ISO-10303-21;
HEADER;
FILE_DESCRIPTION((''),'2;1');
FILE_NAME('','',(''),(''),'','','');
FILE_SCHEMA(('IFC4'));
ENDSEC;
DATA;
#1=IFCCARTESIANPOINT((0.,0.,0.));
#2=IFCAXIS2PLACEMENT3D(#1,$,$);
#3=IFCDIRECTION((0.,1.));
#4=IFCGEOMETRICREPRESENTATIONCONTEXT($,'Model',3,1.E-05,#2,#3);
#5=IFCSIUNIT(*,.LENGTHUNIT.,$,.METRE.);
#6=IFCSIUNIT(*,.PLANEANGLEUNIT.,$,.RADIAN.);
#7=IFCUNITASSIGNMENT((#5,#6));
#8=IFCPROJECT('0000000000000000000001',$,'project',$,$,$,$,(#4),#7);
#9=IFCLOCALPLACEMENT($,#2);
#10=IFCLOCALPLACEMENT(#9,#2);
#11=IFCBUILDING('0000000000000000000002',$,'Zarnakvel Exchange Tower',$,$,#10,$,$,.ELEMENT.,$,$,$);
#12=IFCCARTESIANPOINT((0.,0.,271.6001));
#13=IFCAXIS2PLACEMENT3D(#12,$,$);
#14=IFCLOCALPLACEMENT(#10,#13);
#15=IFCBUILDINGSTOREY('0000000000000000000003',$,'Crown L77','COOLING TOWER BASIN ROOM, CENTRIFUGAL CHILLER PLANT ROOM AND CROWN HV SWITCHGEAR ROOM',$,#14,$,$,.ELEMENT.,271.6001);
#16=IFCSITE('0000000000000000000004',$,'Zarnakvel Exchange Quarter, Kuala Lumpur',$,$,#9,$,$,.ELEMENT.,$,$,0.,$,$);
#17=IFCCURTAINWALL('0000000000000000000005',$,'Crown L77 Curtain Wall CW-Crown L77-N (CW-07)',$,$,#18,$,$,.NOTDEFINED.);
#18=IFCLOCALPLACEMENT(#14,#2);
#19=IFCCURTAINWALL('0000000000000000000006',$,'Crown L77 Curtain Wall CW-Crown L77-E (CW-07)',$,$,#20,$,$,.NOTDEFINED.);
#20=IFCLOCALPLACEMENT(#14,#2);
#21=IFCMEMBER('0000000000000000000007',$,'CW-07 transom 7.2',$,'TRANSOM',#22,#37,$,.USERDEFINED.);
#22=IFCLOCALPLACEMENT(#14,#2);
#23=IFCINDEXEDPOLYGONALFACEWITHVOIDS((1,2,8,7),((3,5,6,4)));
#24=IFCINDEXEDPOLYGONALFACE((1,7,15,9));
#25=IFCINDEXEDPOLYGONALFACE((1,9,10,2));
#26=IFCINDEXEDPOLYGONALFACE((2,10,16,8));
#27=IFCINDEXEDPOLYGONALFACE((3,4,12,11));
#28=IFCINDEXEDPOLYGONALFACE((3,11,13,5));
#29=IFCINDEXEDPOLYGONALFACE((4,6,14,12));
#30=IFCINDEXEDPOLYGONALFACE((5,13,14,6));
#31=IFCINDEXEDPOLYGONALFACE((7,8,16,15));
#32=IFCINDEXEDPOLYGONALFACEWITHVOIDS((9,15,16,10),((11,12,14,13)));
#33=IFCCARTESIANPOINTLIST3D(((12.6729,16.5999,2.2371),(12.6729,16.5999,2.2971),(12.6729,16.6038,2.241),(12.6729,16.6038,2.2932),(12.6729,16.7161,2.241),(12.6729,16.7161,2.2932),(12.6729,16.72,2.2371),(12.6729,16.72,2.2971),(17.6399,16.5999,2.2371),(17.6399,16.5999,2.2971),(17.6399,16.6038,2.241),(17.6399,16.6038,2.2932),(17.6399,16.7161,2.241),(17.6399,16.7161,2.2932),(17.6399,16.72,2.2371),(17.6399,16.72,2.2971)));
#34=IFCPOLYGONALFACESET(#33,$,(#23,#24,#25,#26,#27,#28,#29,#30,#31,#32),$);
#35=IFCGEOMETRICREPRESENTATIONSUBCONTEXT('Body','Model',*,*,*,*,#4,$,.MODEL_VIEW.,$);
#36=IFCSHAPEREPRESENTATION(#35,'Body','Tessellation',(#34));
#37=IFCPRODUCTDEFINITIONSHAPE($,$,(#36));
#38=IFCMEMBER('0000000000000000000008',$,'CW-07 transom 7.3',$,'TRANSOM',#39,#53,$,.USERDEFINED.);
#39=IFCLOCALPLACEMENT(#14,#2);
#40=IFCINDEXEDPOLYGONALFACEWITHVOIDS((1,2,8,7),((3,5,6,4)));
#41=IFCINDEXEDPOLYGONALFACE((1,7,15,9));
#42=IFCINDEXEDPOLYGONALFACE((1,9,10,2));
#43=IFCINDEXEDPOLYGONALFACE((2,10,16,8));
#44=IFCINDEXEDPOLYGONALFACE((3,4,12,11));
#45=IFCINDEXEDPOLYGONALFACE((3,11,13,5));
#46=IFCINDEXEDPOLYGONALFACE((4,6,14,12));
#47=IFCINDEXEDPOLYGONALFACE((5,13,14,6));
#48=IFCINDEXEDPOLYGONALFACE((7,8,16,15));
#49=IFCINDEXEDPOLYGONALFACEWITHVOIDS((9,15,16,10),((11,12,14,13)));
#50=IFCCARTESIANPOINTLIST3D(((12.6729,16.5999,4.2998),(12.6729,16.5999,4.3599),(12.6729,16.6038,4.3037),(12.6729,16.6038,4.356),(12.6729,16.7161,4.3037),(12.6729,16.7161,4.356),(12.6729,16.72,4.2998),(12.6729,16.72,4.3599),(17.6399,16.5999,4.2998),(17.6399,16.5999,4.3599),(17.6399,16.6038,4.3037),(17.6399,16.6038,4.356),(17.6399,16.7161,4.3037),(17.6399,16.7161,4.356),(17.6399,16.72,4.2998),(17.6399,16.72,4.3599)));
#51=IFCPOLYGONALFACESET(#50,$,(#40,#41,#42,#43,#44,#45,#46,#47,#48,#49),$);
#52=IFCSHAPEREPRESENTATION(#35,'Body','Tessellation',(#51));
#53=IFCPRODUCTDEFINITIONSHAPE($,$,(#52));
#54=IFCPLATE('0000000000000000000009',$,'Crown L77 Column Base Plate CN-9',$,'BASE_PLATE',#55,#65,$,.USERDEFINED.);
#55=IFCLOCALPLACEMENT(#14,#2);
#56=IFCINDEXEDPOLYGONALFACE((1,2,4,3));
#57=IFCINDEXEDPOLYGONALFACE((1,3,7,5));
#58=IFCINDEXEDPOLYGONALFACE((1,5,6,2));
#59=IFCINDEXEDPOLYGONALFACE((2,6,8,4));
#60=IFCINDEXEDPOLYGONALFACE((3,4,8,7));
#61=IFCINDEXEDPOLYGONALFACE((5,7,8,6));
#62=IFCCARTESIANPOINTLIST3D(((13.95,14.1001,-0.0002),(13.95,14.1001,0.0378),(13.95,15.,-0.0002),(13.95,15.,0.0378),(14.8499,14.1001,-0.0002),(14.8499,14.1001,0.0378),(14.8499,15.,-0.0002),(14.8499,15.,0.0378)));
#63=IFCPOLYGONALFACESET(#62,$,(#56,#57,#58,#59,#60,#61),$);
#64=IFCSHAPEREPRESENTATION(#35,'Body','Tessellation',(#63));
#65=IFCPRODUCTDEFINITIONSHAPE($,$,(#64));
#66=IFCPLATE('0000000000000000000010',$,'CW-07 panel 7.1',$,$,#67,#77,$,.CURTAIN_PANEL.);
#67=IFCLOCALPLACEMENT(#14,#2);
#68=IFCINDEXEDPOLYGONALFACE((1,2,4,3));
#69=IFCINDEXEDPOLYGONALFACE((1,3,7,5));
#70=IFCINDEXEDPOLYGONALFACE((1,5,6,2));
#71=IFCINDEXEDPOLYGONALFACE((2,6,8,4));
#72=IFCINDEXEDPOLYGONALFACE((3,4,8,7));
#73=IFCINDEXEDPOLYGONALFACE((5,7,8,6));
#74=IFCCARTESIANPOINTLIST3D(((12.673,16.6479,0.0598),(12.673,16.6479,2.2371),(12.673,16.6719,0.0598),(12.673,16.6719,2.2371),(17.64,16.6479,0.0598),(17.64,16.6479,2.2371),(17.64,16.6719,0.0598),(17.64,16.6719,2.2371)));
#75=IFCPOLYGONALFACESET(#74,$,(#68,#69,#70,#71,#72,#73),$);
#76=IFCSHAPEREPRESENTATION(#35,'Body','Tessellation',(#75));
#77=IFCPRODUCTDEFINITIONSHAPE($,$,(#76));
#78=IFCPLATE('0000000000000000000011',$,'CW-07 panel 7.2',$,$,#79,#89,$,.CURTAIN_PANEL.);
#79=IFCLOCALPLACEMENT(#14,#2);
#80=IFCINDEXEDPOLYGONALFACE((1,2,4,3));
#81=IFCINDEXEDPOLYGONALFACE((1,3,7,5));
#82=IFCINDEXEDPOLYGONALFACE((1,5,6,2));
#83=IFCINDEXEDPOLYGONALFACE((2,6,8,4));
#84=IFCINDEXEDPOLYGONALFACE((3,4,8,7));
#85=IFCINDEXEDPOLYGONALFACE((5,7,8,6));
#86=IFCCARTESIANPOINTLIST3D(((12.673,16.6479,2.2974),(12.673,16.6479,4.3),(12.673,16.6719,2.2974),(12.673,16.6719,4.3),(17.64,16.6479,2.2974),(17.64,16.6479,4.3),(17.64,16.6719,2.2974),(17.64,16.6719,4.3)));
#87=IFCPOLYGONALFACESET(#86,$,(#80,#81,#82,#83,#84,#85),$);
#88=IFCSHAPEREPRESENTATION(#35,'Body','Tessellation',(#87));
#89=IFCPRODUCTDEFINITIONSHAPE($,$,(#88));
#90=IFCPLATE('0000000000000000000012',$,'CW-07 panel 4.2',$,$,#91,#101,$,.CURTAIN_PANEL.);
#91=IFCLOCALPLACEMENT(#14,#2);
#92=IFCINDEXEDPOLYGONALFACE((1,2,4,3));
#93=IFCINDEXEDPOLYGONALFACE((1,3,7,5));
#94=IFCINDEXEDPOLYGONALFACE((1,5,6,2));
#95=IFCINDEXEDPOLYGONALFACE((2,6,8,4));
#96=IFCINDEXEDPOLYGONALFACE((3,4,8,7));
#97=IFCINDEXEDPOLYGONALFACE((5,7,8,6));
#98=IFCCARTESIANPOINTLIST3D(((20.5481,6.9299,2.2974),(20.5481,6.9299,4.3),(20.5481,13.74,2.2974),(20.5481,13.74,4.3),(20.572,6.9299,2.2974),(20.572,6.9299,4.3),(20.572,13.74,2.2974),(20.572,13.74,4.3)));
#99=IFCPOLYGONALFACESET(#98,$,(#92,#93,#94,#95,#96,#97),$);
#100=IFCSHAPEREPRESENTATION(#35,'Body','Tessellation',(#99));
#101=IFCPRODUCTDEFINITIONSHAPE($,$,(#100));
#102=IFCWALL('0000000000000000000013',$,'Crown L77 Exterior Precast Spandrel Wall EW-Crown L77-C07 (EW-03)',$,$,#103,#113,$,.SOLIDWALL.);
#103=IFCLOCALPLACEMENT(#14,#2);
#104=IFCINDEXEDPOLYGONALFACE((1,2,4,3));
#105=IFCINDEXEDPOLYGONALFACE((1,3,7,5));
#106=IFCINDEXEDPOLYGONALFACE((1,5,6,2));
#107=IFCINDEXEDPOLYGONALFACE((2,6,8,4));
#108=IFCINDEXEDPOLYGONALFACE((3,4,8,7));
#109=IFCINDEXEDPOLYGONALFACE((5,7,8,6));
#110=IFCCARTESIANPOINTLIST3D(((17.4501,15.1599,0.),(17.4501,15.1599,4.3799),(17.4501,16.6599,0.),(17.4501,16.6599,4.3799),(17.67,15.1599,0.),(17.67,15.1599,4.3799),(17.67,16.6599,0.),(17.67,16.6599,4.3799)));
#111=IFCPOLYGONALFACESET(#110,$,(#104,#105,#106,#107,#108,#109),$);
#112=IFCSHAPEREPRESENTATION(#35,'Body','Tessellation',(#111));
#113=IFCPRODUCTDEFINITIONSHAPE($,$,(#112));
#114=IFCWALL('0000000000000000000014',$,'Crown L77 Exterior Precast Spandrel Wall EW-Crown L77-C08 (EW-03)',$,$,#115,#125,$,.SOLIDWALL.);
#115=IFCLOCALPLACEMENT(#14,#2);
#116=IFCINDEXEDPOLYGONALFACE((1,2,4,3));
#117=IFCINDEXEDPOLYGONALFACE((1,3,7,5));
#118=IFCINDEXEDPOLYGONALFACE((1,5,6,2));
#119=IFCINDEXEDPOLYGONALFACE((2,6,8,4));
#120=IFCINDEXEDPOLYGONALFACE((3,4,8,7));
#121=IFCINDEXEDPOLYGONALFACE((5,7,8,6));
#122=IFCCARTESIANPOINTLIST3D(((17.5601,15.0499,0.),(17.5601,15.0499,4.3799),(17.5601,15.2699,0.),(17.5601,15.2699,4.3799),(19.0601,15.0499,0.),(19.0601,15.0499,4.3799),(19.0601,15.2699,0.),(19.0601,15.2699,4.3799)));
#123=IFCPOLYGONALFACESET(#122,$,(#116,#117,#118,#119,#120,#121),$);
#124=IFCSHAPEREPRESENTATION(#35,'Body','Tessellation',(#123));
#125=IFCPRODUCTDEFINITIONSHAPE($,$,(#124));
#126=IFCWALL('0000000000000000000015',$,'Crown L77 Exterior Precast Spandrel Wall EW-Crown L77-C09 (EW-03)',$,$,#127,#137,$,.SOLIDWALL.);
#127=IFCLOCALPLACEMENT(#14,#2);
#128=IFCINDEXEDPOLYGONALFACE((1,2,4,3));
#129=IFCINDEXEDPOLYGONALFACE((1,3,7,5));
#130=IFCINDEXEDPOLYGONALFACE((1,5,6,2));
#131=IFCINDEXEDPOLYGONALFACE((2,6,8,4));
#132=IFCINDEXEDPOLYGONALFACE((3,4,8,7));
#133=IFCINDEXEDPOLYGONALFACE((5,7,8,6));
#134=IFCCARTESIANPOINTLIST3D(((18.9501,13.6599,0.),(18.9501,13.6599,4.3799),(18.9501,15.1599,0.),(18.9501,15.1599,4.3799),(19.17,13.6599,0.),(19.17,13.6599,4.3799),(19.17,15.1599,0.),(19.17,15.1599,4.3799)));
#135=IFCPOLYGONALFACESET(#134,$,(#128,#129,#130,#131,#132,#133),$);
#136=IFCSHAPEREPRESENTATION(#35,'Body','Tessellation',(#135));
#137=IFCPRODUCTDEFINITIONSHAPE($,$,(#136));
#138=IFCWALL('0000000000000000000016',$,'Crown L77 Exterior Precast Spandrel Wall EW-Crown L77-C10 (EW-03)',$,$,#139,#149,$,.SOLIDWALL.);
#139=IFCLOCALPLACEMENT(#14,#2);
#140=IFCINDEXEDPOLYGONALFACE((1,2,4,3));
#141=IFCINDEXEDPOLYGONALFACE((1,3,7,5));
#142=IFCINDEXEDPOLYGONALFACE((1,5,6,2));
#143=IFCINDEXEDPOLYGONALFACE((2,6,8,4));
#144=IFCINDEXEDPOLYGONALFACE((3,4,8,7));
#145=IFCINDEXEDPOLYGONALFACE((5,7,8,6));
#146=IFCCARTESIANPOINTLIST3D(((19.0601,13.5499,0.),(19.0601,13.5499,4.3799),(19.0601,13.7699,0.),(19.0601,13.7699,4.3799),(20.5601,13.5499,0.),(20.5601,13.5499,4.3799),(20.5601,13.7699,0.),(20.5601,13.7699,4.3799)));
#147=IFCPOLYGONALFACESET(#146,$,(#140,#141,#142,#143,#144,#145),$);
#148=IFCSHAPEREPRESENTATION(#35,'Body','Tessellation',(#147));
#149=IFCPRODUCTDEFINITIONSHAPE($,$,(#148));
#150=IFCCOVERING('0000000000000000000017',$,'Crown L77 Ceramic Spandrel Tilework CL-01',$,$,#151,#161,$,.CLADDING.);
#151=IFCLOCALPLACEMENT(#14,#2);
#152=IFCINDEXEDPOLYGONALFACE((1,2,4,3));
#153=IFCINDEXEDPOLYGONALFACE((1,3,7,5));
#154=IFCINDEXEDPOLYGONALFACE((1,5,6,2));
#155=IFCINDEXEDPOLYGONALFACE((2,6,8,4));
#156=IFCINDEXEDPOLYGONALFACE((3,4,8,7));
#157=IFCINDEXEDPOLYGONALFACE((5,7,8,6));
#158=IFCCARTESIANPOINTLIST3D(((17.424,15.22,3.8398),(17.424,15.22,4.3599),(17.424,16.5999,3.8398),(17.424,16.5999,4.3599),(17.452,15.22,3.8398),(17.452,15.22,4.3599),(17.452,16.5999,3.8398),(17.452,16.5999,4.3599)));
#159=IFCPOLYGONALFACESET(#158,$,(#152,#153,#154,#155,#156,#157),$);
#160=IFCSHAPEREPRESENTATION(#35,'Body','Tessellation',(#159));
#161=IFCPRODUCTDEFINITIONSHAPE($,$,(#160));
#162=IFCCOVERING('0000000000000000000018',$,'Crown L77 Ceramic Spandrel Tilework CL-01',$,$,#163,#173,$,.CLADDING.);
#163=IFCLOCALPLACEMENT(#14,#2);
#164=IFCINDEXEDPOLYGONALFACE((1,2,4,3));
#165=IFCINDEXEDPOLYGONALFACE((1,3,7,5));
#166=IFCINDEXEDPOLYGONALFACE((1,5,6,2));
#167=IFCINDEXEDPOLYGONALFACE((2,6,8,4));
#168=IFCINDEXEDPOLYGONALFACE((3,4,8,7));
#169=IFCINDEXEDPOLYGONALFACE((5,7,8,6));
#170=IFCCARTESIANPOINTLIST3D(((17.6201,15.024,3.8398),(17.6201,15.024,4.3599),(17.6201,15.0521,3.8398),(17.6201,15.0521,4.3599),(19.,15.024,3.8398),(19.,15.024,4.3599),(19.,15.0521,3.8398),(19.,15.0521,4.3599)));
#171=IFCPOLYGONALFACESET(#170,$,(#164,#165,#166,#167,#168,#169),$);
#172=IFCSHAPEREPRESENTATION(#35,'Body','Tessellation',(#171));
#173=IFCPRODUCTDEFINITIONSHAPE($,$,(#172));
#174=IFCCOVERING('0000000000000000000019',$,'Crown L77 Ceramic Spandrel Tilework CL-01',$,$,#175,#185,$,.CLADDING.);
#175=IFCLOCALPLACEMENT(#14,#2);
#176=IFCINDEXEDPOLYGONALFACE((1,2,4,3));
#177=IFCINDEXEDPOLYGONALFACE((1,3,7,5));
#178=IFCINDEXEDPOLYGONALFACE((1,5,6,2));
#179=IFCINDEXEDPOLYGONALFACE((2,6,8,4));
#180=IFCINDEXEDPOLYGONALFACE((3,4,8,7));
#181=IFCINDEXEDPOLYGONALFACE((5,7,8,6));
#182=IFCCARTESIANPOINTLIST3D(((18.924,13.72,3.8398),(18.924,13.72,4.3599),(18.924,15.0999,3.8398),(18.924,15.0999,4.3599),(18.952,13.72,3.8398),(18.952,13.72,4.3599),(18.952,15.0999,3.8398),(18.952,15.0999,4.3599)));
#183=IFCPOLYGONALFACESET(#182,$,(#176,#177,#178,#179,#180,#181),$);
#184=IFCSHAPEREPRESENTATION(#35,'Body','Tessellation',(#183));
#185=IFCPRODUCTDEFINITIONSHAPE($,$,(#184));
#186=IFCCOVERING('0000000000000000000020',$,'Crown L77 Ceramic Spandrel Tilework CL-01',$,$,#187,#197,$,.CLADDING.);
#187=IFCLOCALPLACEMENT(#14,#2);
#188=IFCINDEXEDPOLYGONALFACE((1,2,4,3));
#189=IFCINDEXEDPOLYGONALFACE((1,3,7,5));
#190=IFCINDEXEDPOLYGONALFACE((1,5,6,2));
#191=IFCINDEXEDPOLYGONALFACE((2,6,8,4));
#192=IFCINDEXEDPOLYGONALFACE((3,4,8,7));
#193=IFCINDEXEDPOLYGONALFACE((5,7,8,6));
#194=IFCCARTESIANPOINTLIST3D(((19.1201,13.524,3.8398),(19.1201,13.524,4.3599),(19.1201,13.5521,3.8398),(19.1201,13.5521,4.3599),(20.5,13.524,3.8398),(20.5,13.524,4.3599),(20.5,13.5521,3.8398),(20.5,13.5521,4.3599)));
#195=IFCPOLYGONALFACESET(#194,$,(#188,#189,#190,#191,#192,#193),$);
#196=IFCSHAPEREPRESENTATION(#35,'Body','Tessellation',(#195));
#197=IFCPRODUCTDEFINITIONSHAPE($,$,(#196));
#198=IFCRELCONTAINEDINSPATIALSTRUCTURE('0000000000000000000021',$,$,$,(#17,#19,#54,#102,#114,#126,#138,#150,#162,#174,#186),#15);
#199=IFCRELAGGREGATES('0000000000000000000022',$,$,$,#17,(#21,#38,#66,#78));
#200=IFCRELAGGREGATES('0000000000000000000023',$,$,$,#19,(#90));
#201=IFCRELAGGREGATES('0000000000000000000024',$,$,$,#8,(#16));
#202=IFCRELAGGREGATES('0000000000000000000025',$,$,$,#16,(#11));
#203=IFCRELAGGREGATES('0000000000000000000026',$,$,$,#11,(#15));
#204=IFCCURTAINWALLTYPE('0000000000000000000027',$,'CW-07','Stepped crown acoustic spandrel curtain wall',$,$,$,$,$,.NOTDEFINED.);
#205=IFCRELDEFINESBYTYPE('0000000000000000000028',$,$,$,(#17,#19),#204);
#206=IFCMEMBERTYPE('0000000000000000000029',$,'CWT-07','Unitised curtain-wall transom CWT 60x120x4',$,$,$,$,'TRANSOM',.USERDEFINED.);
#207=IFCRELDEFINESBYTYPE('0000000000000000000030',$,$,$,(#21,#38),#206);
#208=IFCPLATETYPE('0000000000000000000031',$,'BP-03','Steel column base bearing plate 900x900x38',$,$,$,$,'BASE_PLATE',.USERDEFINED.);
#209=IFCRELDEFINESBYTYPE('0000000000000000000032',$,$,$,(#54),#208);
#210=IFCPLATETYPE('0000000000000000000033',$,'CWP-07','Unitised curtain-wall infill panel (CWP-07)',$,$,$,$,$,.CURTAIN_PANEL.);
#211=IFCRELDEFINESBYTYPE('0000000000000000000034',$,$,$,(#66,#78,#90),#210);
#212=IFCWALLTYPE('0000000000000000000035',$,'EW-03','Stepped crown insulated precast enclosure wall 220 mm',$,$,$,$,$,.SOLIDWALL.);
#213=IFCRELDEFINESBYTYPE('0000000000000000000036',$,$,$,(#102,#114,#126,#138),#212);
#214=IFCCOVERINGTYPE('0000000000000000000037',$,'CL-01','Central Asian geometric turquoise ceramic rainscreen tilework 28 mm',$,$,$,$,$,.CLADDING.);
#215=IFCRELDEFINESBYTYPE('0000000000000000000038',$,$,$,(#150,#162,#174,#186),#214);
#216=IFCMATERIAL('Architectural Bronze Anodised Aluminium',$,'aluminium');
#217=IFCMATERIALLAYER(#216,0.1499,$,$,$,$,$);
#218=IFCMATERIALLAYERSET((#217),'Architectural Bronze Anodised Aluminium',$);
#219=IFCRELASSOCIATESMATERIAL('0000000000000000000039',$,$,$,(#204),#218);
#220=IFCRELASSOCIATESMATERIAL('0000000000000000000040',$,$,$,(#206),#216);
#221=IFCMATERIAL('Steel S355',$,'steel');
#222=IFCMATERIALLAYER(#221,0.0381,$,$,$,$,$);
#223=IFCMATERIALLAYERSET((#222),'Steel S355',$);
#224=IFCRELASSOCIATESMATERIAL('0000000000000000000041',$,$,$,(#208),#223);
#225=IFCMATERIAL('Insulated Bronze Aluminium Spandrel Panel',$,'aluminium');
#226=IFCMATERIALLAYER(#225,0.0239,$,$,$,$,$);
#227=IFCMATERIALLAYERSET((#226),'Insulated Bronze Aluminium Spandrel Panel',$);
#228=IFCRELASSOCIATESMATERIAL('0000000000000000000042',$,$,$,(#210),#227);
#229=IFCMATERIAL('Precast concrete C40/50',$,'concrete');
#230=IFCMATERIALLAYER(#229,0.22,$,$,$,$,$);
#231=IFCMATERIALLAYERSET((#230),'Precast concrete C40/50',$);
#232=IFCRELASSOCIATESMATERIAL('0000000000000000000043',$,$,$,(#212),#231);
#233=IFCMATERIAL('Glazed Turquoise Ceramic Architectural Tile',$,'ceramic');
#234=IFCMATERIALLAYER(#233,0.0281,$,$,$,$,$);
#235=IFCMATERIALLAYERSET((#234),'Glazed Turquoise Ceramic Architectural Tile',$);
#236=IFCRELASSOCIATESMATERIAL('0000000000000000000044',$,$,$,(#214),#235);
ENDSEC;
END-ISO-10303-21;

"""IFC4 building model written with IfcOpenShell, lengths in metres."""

from ifc_helpers import new_model, si_unit, direction, frame, frame_2d, origin, origin_2d, place, context, subcontext, project, spatial, rectangle, hollow_rectangle, extrude, source, transform, mapped, material, layer, layer_set, material_profile, profile_set, type_object, element, aggregate, save


model = new_model("IFC4")

# Units and contexts
model_context = context("Model", 3, precision=1e-05, world=origin(), true_north=direction((0.0, 1.0)))
body_context = subcontext(model_context, "Body", "Model", "MODEL_VIEW")
ifc_project = project(units=[si_unit("LENGTHUNIT", "METRE"), si_unit("PLANEANGLEUNIT", "RADIAN")], contexts=[model_context])

# Site, building, storey
site_placement = place(None, origin())
site = spatial("IfcSite", under=ifc_project, at=site_placement, Name="Zarnakvel Exchange Quarter, Kuala Lumpur", CompositionType="ELEMENT", RefElevation=0.0)
building_placement = place(site_placement, origin())
building = spatial("IfcBuilding", under=site, at=building_placement, Name="Zarnakvel Exchange Tower", CompositionType="ELEMENT")
storey_placement = place(building_placement, frame((0.0, 0.0, 271.6001)))
storey = spatial("IfcBuildingStorey", under=building, at=storey_placement, Name="Crown L77", Description="COOLING TOWER BASIN ROOM, CENTRIFUGAL CHILLER PLANT ROOM AND CROWN HV SWITCHGEAR ROOM", CompositionType="ELEMENT", Elevation=271.6001)

# Shared definitions
ifc_material_1 = material(Name="Steel S355", Category="steel")

# Curtain wall
ifc_material_2 = material(Name="Architectural Bronze Anodised Aluminium", Category="aluminium")
ifc_layer_1 = layer(ifc_material_2, 0.1499)
ifc_layer_set_1 = layer_set([ifc_layer_1], Name="Architectural Bronze Anodised Aluminium")
curtain_wall_type = type_object("IfcCurtainWallType", Name="CW-07", Description="Stepped crown acoustic spandrel curtain wall", PredefinedType="NOTDEFINED", material=ifc_layer_set_1)
curtain_wall_1_placement = place(storey_placement, origin())
curtain_wall_1 = element("IfcCurtainWall", 1, at=curtain_wall_1_placement, inside=storey, type_object=curtain_wall_type, Name="Crown L77 Curtain Wall CW-Crown L77-N (CW-07)", PredefinedType="NOTDEFINED")

# Curtain wall
curtain_wall_2_placement = place(storey_placement, origin())
curtain_wall_2 = element("IfcCurtainWall", 2, at=curtain_wall_2_placement, inside=storey, type_object=curtain_wall_type, Name="Crown L77 Curtain Wall CW-Crown L77-E (CW-07)", PredefinedType="NOTDEFINED")

# Members
ifc_material_profile_1 = material_profile(ifc_material_2, hollow_rectangle(XDim=0.1201, YDim=0.0601, WallThickness=0.0039, at=origin_2d()))
ifc_profile_set_1 = profile_set([ifc_material_profile_1], Name="Architectural Bronze Anodised Aluminium")
member_type_1 = type_object("IfcMemberType", Name="CWT-07", Description="Unitised curtain-wall transom CWT 60x120x4", ElementType="TRANSOM", PredefinedType="USERDEFINED", material=ifc_profile_set_1)
shared_shape_1 = source(origin(), body_context, "Body", "SweptSolid", [
    extrude(hollow_rectangle(XDim=0.1201, YDim=0.0601, WallThickness=0.0039, at=origin_2d()), origin(), (0.0, 0.0, 1.0), 4.967),
])
member_1_placement = place(storey_placement, frame((12.6729, 16.6599, 2.2671), z_axis=(1.0, 0.0, 0.0), x_axis=(0.0, 1.0, 0.0)))
member_1 = element("IfcMember", 3, at=member_1_placement, type_object=member_type_1, Name="CW-07 transom 7.2", ObjectType="TRANSOM", PredefinedType="USERDEFINED", context=body_context, shape_type="MappedRepresentation", body=[
    mapped(shared_shape_1, transform((0.0, 0.0, 0.0), x_axis=(1.0, 0.0, 0.0), y_axis=(0.0, 1.0, 0.0), z_axis=(0.0, 0.0, 1.0), scale=1.0)),
])
member_2_placement = place(storey_placement, frame((12.6729, 16.6599, 4.3298), z_axis=(1.0, 0.0, 0.0), x_axis=(0.0, 1.0, 0.0)))
member_2 = element("IfcMember", 4, at=member_2_placement, type_object=member_type_1, Name="CW-07 transom 7.3", ObjectType="TRANSOM", PredefinedType="USERDEFINED", context=body_context, shape_type="MappedRepresentation", body=[
    mapped(shared_shape_1, transform((0.0, 0.0, 0.0), x_axis=(1.0, 0.0, 0.0), y_axis=(0.0, 1.0, 0.0), z_axis=(0.0, 0.0, 1.0), scale=1.0)),
])

# Plates
ifc_layer_2 = layer(ifc_material_1, 0.0381)
ifc_layer_set_2 = layer_set([ifc_layer_2], Name="Steel S355")
plate_type_1 = type_object("IfcPlateType", Name="BP-03", Description="Steel column base bearing plate 900x900x38", ElementType="BASE_PLATE", PredefinedType="USERDEFINED", material=ifc_layer_set_2)
shared_shape_2 = source(origin(), body_context, "Body", "SweptSolid", [
    extrude(rectangle(XDim=0.8999, YDim=0.8999, at=origin_2d()), origin(), (0.0, 0.0, 1.0), 0.0381),
])
plate_1_placement = place(storey_placement, frame((14.3999, 14.55, -0.0002), z_axis=(0.0, 0.0, 1.0), x_axis=(1.0, 0.0, 0.0)))
element("IfcPlate", 5, at=plate_1_placement, inside=storey, type_object=plate_type_1, Name="Crown L77 Column Base Plate CN-9", ObjectType="BASE_PLATE", PredefinedType="USERDEFINED", context=body_context, shape_type="MappedRepresentation", body=[
    mapped(shared_shape_2, transform((0.0, 0.0, 0.0), x_axis=(1.0, 0.0, 0.0), y_axis=(0.0, 1.0, 0.0), z_axis=(0.0, 0.0, 1.0), scale=1.0)),
])
ifc_material_3 = material(Name="Insulated Bronze Aluminium Spandrel Panel", Category="aluminium")
ifc_layer_3 = layer(ifc_material_3, 0.0239)
ifc_layer_set_3 = layer_set([ifc_layer_3], Name="Insulated Bronze Aluminium Spandrel Panel")
plate_type_2 = type_object("IfcPlateType", Name="CWP-07", Description="Unitised curtain-wall infill panel (CWP-07)", PredefinedType="CURTAIN_PANEL", material=ifc_layer_set_3)
shared_shape_3 = source(origin(), body_context, "Body", "SweptSolid", [
    extrude(rectangle(XDim=4.967, YDim=0.0239, at=origin_2d()), origin(), (0.0, 0.0, 1.0), 2.1772),
])
plate_2_placement = place(storey_placement, frame((15.1565, 16.6599, 0.0598), z_axis=(0.0, 0.0, 1.0), x_axis=(1.0, 0.0, 0.0)))
plate_2 = element("IfcPlate", 6, at=plate_2_placement, type_object=plate_type_2, Name="CW-07 panel 7.1", PredefinedType="CURTAIN_PANEL", context=body_context, shape_type="MappedRepresentation", body=[
    mapped(shared_shape_3, transform((0.0, 0.0, 0.0), x_axis=(1.0, 0.0, 0.0), y_axis=(0.0, 1.0, 0.0), z_axis=(0.0, 0.0, 1.0), scale=1.0)),
])
shared_shape_4 = source(origin(), body_context, "Body", "SweptSolid", [
    extrude(rectangle(XDim=4.967, YDim=0.0239, at=origin_2d()), origin(), (0.0, 0.0, 1.0), 2.0027),
])
plate_3_placement = place(storey_placement, frame((15.1565, 16.6599, 2.2974), z_axis=(0.0, 0.0, 1.0), x_axis=(1.0, 0.0, 0.0)))
plate_3 = element("IfcPlate", 7, at=plate_3_placement, type_object=plate_type_2, Name="CW-07 panel 7.2", PredefinedType="CURTAIN_PANEL", context=body_context, shape_type="MappedRepresentation", body=[
    mapped(shared_shape_4, transform((0.0, 0.0, 0.0), x_axis=(1.0, 0.0, 0.0), y_axis=(0.0, 1.0, 0.0), z_axis=(0.0, 0.0, 1.0), scale=1.0)),
])
aggregate(curtain_wall_1, [member_1, member_2, plate_2, plate_3])
shared_shape_5 = source(origin(), body_context, "Body", "SweptSolid", [
    extrude(rectangle(XDim=6.8101, YDim=0.0239, at=origin_2d()), origin(), (0.0, 0.0, 1.0), 2.0027),
])
plate_4_placement = place(storey_placement, frame((20.5601, 10.335, 2.2974), z_axis=(0.0, 0.0, 1.0), x_axis=(0.0, 1.0, 0.0)))
plate_4 = element("IfcPlate", 8, at=plate_4_placement, type_object=plate_type_2, Name="CW-07 panel 4.2", PredefinedType="CURTAIN_PANEL", context=body_context, shape_type="MappedRepresentation", body=[
    mapped(shared_shape_5, transform((0.0, 0.0, 0.0), x_axis=(1.0, 0.0, 0.0), y_axis=(0.0, 1.0, 0.0), z_axis=(0.0, 0.0, 1.0), scale=1.0)),
])
aggregate(curtain_wall_2, [plate_4])

# Walls
ifc_material_4 = material(Name="Precast concrete C40/50", Category="concrete")
ifc_layer_4 = layer(ifc_material_4, 0.22)
ifc_layer_set_4 = layer_set([ifc_layer_4], Name="Precast concrete C40/50")
wall_type = type_object("IfcWallType", Name="EW-03", Description="Stepped crown insulated precast enclosure wall 220 mm", PredefinedType="SOLIDWALL", material=ifc_layer_set_4)
for number, where, z_axis, x_axis, name in (
    (9, (17.5601, 15.1599, 0.0), (0.0, 0.0, 1.0), (0.0, 1.0, 0.0), "Crown L77 Exterior Precast Spandrel Wall EW-Crown L77-C07 (EW-03)"),
    (10, (19.0601, 15.1599, 0.0), (0.0, 0.0, 1.0), (-1.0, 0.0, 0.0), "Crown L77 Exterior Precast Spandrel Wall EW-Crown L77-C08 (EW-03)"),
    (11, (19.0601, 13.6599, 0.0), (0.0, 0.0, 1.0), (0.0, 1.0, 0.0), "Crown L77 Exterior Precast Spandrel Wall EW-Crown L77-C09 (EW-03)"),
    (12, (20.5601, 13.6599, 0.0), (0.0, 0.0, 1.0), (-1.0, 0.0, 0.0), "Crown L77 Exterior Precast Spandrel Wall EW-Crown L77-C10 (EW-03)"),
):
    element("IfcWall", number, at=place(storey_placement, frame(where, z_axis=z_axis, x_axis=x_axis)), inside=storey, type_object=wall_type, Name=name, PredefinedType="SOLIDWALL", context=body_context, shape_type="SweptSolid", body=[
        extrude(rectangle(XDim=1.5, YDim=0.22, at=frame_2d((0.75, 0.0))), origin(), (0.0, 0.0, 1.0), 4.3799),
    ])

# Coverings
ifc_material_5 = material(Name="Glazed Turquoise Ceramic Architectural Tile", Category="ceramic")
ifc_layer_5 = layer(ifc_material_5, 0.0281)
ifc_layer_set_5 = layer_set([ifc_layer_5], Name="Glazed Turquoise Ceramic Architectural Tile")
covering_type = type_object("IfcCoveringType", Name="CL-01", Description="Central Asian geometric turquoise ceramic rainscreen tilework 28 mm", PredefinedType="CLADDING", material=ifc_layer_set_5)
shared_shape_6 = source(origin(), body_context, "Body", "SweptSolid", [
    extrude(rectangle(XDim=1.3799, YDim=0.0281, at=origin_2d()), origin(), (0.0, 0.0, 1.0), 0.52),
])
for number, where, z_axis, x_axis, name in (
    (13, (17.438, 15.9099, 3.8398), (0.0, 0.0, 1.0), (0.0, 1.0, 0.0), "Crown L77 Ceramic Spandrel Tilework CL-01"),
    (14, (18.3101, 15.0381, 3.8398), (0.0, 0.0, 1.0), (-1.0, 0.0, 0.0), "Crown L77 Ceramic Spandrel Tilework CL-01"),
    (15, (18.938, 14.4099, 3.8398), (0.0, 0.0, 1.0), (0.0, 1.0, 0.0), "Crown L77 Ceramic Spandrel Tilework CL-01"),
    (16, (19.8101, 13.5381, 3.8398), (0.0, 0.0, 1.0), (-1.0, 0.0, 0.0), "Crown L77 Ceramic Spandrel Tilework CL-01"),
):
    element("IfcCovering", number, at=place(storey_placement, frame(where, z_axis=z_axis, x_axis=x_axis)), inside=storey, type_object=covering_type, Name=name, PredefinedType="CLADDING", context=body_context, shape_type="MappedRepresentation", body=[
        mapped(shared_shape_6, transform((0.0, 0.0, 0.0), x_axis=(1.0, 0.0, 0.0), y_axis=(0.0, 1.0, 0.0), z_axis=(0.0, 0.0, 1.0), scale=1.0)),
    ])

save(model, "model.ifc")
